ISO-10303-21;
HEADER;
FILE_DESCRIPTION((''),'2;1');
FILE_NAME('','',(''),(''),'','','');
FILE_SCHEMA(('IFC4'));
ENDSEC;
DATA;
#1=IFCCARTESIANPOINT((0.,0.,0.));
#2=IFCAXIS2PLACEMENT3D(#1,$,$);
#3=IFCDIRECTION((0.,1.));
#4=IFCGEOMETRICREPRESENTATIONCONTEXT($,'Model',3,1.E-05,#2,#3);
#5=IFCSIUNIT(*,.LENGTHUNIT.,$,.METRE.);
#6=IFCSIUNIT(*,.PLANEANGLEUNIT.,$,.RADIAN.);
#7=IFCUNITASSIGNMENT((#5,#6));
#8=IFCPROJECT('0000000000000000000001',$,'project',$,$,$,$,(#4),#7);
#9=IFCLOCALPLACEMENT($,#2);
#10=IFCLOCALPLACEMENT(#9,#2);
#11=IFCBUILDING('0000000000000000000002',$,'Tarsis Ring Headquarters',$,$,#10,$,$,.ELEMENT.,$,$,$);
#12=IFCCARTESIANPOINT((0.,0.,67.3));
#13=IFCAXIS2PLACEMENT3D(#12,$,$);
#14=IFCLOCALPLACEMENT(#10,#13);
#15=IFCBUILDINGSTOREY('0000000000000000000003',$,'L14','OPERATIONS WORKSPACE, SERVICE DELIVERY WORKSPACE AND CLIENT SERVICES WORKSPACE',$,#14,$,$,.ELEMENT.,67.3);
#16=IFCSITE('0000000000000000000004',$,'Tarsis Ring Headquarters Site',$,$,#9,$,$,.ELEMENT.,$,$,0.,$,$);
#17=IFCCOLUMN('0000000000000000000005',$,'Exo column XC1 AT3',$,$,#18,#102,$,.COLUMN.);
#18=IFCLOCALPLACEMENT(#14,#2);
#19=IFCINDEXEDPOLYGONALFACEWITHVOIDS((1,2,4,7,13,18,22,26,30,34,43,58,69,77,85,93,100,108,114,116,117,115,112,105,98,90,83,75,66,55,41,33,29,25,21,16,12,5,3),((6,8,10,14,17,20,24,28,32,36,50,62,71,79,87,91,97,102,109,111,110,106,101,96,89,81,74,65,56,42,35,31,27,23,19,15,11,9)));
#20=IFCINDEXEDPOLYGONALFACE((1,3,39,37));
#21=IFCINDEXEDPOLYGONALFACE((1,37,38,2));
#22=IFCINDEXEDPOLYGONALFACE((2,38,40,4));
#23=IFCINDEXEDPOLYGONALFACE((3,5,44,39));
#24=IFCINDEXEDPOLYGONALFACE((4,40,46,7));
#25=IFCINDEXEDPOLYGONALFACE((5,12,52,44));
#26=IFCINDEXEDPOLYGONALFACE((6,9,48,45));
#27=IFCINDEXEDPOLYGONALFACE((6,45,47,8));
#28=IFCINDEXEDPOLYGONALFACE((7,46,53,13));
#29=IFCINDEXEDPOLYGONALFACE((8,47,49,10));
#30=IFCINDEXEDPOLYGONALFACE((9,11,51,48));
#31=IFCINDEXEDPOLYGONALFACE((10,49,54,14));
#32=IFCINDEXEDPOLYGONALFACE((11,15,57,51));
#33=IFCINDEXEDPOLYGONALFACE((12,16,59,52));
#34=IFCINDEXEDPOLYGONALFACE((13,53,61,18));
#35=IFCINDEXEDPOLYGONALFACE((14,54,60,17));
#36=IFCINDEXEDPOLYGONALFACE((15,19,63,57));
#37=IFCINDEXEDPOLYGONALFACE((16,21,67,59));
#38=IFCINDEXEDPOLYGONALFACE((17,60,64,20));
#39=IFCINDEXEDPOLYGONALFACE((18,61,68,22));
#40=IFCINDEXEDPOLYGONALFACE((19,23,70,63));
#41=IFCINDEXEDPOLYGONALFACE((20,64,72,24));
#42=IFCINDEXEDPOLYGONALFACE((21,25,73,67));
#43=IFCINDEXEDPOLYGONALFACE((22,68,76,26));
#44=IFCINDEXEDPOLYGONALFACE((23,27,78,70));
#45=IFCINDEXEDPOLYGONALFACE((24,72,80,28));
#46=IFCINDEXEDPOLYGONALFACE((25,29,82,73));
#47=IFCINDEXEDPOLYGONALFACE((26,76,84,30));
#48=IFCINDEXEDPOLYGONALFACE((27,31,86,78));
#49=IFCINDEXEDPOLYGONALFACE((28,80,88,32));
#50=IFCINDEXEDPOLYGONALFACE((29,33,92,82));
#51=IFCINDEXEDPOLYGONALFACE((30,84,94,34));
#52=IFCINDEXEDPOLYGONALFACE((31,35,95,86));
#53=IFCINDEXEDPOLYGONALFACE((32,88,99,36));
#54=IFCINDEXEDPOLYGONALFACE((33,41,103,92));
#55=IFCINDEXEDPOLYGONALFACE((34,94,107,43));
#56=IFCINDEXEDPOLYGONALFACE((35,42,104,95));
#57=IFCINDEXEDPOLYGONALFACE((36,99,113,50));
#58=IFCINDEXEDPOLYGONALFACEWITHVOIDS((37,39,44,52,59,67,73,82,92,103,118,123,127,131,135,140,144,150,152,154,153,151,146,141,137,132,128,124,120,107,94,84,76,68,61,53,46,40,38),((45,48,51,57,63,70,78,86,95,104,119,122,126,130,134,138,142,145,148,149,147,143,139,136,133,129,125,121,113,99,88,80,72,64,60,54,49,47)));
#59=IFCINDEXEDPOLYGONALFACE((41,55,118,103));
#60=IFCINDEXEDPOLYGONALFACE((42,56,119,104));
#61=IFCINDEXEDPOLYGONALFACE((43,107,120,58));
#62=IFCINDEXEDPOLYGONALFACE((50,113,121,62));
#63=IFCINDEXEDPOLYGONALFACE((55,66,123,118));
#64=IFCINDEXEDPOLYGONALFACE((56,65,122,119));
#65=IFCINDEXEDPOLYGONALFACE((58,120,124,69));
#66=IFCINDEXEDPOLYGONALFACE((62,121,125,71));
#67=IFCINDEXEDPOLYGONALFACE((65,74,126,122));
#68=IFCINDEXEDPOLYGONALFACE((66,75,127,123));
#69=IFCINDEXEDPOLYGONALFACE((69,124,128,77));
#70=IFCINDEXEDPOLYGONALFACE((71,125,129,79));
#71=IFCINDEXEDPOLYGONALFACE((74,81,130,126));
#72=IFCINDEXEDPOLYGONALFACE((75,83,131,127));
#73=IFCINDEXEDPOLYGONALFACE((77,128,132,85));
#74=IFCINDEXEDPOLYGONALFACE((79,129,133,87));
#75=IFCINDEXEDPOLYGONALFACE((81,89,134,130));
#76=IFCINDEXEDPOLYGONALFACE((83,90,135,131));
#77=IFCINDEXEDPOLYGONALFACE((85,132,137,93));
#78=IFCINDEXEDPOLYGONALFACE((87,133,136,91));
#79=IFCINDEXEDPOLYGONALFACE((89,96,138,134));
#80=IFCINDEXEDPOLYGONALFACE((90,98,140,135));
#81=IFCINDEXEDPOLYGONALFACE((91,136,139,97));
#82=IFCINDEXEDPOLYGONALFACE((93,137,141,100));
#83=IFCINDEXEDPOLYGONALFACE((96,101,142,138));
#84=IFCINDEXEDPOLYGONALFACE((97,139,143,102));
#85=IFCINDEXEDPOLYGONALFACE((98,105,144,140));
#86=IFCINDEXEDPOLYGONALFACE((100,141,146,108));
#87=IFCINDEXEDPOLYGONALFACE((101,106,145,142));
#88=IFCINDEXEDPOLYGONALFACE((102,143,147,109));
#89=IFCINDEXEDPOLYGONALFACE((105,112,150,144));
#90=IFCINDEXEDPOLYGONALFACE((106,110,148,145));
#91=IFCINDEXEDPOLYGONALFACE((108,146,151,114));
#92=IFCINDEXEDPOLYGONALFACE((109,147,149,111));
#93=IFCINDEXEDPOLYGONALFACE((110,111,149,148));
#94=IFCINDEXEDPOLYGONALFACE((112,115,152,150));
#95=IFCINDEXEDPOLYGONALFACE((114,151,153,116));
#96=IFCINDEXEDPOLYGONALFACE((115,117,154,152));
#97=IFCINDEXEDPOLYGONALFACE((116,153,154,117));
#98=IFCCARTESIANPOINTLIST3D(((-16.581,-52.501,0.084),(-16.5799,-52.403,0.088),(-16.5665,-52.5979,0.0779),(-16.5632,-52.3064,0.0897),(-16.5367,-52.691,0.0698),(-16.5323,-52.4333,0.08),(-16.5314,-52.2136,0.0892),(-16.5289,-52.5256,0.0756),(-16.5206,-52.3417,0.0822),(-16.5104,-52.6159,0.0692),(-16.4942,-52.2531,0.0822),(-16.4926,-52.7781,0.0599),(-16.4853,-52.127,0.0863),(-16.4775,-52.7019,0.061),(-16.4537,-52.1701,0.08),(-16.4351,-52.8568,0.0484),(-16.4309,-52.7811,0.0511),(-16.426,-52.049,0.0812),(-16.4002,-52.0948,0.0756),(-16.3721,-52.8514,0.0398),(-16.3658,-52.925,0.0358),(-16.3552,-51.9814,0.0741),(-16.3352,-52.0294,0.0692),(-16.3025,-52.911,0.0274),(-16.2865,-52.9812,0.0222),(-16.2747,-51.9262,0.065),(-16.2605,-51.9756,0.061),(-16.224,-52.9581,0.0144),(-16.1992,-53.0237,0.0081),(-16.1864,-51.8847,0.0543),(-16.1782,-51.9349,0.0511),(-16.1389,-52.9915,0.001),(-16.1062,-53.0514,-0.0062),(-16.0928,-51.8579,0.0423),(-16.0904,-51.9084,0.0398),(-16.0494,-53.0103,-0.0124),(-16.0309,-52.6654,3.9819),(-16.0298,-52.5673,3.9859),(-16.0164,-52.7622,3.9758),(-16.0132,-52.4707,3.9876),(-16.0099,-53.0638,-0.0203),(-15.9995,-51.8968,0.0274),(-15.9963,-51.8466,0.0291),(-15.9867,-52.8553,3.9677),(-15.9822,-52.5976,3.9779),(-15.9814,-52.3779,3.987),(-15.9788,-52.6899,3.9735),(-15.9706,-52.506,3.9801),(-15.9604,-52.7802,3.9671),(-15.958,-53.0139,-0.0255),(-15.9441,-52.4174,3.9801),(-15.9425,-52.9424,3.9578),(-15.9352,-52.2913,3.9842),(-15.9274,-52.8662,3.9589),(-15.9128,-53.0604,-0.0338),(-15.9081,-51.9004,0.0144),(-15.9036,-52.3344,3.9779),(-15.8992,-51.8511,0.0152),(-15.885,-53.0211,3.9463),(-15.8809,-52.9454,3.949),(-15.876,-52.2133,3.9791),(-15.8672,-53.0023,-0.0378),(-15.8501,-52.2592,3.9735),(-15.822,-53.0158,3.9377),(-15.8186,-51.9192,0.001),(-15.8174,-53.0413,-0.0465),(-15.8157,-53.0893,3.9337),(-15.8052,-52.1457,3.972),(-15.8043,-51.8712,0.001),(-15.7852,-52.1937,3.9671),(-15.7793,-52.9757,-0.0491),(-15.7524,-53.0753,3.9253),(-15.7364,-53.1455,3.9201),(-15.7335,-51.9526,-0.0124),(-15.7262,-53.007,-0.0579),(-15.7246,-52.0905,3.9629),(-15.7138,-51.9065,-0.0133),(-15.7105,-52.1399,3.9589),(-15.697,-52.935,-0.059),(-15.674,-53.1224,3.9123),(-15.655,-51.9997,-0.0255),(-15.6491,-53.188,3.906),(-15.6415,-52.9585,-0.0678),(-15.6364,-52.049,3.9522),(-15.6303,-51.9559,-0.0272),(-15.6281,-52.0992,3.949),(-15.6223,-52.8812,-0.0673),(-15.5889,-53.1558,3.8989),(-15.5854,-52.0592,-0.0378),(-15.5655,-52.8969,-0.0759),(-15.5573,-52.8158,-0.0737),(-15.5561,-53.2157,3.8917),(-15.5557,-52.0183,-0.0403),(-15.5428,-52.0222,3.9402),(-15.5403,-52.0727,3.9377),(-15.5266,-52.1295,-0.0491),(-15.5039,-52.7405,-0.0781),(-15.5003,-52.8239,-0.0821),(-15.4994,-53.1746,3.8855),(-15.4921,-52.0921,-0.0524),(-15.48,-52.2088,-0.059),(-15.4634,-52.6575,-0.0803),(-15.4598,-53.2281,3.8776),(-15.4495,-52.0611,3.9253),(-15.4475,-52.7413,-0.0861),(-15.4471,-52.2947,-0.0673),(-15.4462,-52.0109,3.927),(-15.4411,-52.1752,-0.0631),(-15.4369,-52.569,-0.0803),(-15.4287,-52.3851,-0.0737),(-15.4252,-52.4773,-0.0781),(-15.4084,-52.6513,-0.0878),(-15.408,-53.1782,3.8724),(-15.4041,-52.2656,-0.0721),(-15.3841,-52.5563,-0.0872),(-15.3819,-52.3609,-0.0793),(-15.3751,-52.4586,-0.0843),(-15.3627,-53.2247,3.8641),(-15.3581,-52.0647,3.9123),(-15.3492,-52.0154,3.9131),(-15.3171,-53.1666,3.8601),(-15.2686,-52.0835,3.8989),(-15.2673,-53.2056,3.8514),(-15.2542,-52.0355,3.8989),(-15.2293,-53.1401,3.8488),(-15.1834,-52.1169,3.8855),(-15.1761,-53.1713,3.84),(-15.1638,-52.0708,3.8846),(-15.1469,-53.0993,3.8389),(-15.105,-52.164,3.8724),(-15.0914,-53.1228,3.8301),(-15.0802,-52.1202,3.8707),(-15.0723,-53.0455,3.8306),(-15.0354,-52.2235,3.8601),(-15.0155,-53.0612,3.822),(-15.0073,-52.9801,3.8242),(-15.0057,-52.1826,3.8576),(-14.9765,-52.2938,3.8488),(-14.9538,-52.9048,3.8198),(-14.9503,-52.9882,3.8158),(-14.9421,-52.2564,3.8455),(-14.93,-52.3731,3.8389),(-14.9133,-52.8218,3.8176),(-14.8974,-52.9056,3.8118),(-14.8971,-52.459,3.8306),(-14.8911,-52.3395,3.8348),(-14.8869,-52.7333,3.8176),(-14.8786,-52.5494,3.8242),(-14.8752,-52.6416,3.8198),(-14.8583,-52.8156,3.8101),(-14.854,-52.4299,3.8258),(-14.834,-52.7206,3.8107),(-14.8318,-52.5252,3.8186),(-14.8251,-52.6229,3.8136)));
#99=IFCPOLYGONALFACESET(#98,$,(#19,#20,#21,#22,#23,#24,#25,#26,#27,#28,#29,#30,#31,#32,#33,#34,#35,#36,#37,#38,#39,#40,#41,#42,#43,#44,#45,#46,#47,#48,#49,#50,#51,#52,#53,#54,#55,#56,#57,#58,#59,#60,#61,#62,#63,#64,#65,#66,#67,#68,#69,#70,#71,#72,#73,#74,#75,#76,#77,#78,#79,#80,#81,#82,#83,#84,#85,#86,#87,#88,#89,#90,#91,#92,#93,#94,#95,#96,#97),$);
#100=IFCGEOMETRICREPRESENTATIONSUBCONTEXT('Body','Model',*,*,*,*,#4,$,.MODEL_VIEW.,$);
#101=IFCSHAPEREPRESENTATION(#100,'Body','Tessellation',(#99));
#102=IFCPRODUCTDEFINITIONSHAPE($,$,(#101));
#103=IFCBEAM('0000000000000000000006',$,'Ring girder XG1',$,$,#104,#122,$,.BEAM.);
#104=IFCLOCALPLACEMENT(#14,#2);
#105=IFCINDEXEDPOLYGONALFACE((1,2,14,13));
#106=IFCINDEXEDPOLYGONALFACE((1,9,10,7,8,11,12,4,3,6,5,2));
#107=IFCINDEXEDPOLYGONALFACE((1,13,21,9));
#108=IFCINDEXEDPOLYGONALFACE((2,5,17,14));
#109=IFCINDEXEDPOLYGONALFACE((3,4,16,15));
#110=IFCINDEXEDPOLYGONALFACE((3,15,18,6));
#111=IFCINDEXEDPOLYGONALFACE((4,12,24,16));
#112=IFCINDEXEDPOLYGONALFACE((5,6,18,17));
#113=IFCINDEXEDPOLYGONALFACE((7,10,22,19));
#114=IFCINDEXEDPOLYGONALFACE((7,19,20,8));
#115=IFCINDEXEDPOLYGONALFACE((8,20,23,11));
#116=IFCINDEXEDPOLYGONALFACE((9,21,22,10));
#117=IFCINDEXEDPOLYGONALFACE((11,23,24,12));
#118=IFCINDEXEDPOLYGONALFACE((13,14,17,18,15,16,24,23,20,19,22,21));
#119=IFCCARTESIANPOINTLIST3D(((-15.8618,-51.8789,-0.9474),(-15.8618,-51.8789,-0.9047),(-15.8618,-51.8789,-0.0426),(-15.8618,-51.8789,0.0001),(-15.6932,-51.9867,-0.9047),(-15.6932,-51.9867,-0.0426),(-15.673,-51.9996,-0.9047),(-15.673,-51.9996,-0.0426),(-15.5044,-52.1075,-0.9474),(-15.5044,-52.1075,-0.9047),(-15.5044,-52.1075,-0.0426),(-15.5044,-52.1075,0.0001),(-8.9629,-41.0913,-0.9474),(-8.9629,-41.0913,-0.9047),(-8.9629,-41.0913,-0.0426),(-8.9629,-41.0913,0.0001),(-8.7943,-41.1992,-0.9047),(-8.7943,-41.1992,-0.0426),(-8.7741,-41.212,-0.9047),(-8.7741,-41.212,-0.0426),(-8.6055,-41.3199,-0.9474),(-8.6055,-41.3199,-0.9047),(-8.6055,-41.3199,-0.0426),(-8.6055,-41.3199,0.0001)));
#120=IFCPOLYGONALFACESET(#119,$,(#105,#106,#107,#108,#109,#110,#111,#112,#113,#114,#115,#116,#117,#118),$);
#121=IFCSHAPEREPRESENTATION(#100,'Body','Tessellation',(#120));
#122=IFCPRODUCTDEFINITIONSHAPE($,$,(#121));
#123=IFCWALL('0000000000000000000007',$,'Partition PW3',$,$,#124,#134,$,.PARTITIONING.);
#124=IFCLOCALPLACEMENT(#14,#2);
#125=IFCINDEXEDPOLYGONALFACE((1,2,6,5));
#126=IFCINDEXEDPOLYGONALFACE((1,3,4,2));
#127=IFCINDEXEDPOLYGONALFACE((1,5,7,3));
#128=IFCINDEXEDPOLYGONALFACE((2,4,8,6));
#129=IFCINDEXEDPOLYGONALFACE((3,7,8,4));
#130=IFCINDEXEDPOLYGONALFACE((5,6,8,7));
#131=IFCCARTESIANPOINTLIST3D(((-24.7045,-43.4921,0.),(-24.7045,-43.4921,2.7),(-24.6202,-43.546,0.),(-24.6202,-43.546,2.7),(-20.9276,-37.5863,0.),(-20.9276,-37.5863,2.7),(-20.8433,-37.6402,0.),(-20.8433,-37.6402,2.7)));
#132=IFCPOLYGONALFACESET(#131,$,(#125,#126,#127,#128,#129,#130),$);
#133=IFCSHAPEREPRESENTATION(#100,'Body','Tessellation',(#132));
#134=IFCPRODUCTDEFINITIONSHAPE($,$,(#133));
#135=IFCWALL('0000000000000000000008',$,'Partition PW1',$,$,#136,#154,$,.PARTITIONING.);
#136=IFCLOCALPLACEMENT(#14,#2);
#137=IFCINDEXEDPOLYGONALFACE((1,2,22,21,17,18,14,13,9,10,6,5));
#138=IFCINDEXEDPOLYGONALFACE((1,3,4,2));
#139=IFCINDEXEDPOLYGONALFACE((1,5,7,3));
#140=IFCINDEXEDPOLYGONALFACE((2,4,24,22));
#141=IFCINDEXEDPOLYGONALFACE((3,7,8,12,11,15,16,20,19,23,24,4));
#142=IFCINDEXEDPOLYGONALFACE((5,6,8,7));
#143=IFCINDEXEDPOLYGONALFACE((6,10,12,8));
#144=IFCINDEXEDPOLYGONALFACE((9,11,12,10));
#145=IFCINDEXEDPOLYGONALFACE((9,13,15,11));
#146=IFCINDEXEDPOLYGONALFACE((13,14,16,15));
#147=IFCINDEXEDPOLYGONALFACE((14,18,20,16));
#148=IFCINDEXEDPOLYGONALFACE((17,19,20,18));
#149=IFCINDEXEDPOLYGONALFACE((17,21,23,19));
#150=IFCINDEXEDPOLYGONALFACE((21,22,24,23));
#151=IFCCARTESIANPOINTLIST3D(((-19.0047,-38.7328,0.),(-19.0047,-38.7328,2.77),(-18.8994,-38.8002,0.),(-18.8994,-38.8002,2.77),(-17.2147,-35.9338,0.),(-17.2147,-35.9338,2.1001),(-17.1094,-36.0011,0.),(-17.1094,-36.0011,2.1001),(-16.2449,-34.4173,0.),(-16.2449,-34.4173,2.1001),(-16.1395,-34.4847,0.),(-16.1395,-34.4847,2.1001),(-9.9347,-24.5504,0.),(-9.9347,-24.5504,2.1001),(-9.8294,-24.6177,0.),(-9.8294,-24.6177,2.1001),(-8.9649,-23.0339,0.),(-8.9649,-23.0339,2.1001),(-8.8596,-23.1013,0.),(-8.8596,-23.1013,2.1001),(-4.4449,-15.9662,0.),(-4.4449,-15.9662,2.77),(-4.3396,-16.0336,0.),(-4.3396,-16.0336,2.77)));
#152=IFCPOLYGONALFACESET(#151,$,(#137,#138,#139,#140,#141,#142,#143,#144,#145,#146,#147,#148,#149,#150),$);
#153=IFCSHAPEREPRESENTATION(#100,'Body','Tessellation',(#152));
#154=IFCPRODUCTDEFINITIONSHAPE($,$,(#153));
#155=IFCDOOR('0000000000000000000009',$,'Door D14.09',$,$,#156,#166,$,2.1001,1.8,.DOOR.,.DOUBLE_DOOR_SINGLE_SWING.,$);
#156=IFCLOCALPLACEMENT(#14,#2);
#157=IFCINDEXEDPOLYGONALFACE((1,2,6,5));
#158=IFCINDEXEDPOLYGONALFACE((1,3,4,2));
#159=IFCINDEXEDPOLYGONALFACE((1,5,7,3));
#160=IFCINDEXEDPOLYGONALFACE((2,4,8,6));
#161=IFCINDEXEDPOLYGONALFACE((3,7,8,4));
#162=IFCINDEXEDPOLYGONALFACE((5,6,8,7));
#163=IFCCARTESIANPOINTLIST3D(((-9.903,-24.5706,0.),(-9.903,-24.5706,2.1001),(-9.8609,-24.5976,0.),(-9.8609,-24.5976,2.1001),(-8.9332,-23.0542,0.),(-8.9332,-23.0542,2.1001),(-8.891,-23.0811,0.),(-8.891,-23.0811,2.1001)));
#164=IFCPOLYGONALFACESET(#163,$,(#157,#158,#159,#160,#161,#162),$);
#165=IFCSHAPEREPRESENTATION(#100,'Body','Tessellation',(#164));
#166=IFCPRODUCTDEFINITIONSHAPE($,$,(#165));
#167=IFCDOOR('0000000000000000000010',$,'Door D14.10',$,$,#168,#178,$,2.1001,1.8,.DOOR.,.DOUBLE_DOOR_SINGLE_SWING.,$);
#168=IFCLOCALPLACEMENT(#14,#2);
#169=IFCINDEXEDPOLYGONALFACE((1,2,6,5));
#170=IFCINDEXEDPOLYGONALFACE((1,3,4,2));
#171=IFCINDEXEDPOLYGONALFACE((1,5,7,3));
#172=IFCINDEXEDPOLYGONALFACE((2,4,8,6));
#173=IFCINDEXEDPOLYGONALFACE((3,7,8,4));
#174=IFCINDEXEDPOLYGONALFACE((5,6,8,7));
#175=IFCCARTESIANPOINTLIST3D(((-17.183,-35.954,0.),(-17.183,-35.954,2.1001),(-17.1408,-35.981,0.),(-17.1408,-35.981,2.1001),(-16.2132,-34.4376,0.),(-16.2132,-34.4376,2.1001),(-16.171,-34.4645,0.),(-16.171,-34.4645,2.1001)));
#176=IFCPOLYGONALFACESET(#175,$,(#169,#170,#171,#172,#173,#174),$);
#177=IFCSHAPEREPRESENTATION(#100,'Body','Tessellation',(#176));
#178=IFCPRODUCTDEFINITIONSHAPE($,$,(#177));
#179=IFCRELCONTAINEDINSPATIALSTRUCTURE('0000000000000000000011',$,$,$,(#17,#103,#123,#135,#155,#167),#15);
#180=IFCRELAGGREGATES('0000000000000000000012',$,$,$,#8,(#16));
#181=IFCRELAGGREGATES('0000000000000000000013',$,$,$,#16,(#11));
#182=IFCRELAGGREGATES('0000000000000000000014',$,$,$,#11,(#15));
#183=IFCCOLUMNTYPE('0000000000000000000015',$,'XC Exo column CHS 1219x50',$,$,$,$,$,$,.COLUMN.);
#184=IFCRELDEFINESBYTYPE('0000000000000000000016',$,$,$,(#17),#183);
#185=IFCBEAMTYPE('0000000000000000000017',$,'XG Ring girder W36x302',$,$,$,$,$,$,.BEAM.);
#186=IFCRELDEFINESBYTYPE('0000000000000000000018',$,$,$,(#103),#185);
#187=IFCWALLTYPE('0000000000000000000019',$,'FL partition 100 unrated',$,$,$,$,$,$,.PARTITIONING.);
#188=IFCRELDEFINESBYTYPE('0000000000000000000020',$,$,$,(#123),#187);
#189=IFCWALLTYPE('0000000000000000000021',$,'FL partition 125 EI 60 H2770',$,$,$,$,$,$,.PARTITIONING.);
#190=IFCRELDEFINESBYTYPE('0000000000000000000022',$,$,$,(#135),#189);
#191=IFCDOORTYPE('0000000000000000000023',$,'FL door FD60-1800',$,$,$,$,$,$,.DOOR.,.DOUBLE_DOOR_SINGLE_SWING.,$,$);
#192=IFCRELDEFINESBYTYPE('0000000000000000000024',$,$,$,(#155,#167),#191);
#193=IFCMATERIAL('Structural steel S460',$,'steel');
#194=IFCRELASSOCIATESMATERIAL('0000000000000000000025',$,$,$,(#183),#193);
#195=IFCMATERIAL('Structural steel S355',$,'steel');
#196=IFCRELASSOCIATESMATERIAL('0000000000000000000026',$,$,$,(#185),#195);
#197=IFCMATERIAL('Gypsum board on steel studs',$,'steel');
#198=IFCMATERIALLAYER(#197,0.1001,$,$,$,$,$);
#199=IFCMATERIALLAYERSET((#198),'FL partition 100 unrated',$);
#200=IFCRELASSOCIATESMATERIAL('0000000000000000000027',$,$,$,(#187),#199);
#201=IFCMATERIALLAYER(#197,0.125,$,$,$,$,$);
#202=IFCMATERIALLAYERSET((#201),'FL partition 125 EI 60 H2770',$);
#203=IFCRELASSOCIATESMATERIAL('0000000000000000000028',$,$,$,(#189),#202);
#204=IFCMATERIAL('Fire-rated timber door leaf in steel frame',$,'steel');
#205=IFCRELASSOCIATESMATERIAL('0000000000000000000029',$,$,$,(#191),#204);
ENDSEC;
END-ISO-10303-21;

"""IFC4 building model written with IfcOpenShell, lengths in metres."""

from ifc_helpers import new_model, si_unit, direction, frame, frame_2d, origin, origin_2d, place, context, subcontext, project, spatial, rectangle, hollow_circle, i_section, extrude, material, layer, layer_set, material_profile, profile_set, type_object, element, fill, save


model = new_model("IFC4")

# Units and contexts
model_context = context("Model", 3, precision=1e-05, world=origin(), true_north=direction((0.0, 1.0)))
body_context = subcontext(model_context, "Body", "Model", "MODEL_VIEW")
ifc_project = project(units=[si_unit("LENGTHUNIT", "METRE"), si_unit("PLANEANGLEUNIT", "RADIAN")], contexts=[model_context])

# Site, building, storey
site_placement = place(None, origin())
site = spatial("IfcSite", under=ifc_project, at=site_placement, Name="Tarsis Ring Headquarters Site", CompositionType="ELEMENT", RefElevation=0.0)
building_placement = place(site_placement, origin())
building = spatial("IfcBuilding", under=site, at=building_placement, Name="Tarsis Ring Headquarters", CompositionType="ELEMENT")
storey_placement = place(building_placement, frame((0.0, 0.0, 67.3)))
storey = spatial("IfcBuildingStorey", under=building, at=storey_placement, Name="L14", Description="OPERATIONS WORKSPACE, SERVICE DELIVERY WORKSPACE AND CLIENT SERVICES WORKSPACE", CompositionType="ELEMENT", Elevation=67.3)

# Column
ifc_material_1 = material(Name="Structural steel S460", Category="steel")
ifc_material_profile_1 = material_profile(ifc_material_1, hollow_circle(Radius=0.6096, WallThickness=0.05, at=origin_2d()), Name="CHS 1219x50")
ifc_profile_set_1 = profile_set([ifc_material_profile_1], Name="Structural steel S460")
column_type = type_object("IfcColumnType", Name="XC Exo column CHS 1219x50", PredefinedType="COLUMN", material=ifc_profile_set_1)
column_placement = place(storey_placement, frame((-15.9788, -52.4553, 0.001), z_axis=(0.139606, -0.041702, 0.989329), x_axis=(0.286216, 0.958165, 0.0)))
element("IfcColumn", 1, at=column_placement, inside=storey, type_object=column_type, Name="Exo column XC1 AT3", PredefinedType="COLUMN", context=body_context, shape_type="SweptSolid", body=[
    extrude(hollow_circle(Radius=0.6096, WallThickness=0.05, at=origin_2d()), origin(), (0.0, 0.0, 1.0), 3.9399),
])

# Beam
ifc_material_2 = material(Name="Structural steel S355", Category="steel")
ifc_material_profile_2 = material_profile(ifc_material_2, i_section(OverallWidth=0.4243, OverallDepth=0.9475, WebThickness=0.0239, FlangeThickness=0.0427, at=origin_2d()), Name="W36x302")
ifc_profile_set_2 = profile_set([ifc_material_profile_2], Name="Structural steel S355")
beam_type = type_object("IfcBeamType", Name="XG Ring girder W36x302", PredefinedType="BEAM", material=ifc_profile_set_2)
beam_placement = place(storey_placement, frame((-15.6831, -51.9932, -0.4736), z_axis=(0.538769, 0.842453, 0.0), x_axis=(-0.842453, 0.538769, 0.0)))
element("IfcBeam", 2, at=beam_placement, inside=storey, type_object=beam_type, Name="Ring girder XG1", PredefinedType="BEAM", context=body_context, shape_type="SweptSolid", body=[
    extrude(i_section(OverallWidth=0.4243, OverallDepth=0.9475, WebThickness=0.0239, FlangeThickness=0.0427, at=origin_2d()), origin(), (0.0, 0.0, 1.0), 12.8049),
])

# Wall
ifc_material_3 = material(Name="Gypsum board on steel studs", Category="steel")
ifc_layer_1 = layer(ifc_material_3, 0.1001)
ifc_layer_set_1 = layer_set([ifc_layer_1], Name="FL partition 100 unrated")
wall_type_1 = type_object("IfcWallType", Name="FL partition 100 unrated", PredefinedType="PARTITIONING", material=ifc_layer_set_1)
wall_1_placement = place(storey_placement, frame((-24.6624, -43.519, 0.0), z_axis=(0.0, 0.0, 1.0), x_axis=(0.538767, 0.842455, 0.0)))
element("IfcWall", 3, at=wall_1_placement, inside=storey, type_object=wall_type_1, Name="Partition PW3", PredefinedType="PARTITIONING", context=body_context, shape_type="SweptSolid", body=[
    extrude(rectangle(XDim=7.0103, YDim=0.1001, at=frame_2d((3.5051, 0.0))), origin(), (0.0, 0.0, 1.0), 2.7),
])

# Wall, openings, doors
ifc_layer_2 = layer(ifc_material_3, 0.125)
ifc_layer_set_2 = layer_set([ifc_layer_2], Name="FL partition 125 EI 60 H2770")
wall_type_2 = type_object("IfcWallType", Name="FL partition 125 EI 60 H2770", PredefinedType="PARTITIONING", material=ifc_layer_set_2)
wall_2_placement = place(storey_placement, frame((-18.9521, -38.7666, 0.0), z_axis=(0.0, 0.0, 1.0), x_axis=(0.53877, 0.842453, 0.0)))
wall_2 = element("IfcWall", 4, at=wall_2_placement, inside=storey, type_object=wall_type_2, Name="Partition PW1", PredefinedType="PARTITIONING", context=body_context, shape_type="SweptSolid", body=[
    extrude(rectangle(XDim=27.0242, YDim=0.125, at=frame_2d((13.5122, 0.0))), origin(), (0.0, 0.0, 1.0), 2.77),
])
opening_1_placement = place(wall_2_placement, frame((16.835, 0.0, 0.0)))
opening_1 = element("IfcOpeningElement", 5, at=opening_1_placement, cuts=wall_2, PredefinedType="OPENING", context=body_context, shape_type="SweptSolid", body=[
    extrude(rectangle(XDim=1.8, YDim=2.1001, at=frame_2d((0.8999, 1.05))), frame((0.0, 0.0725, 0.0), z_axis=(0.0, -1.0, 0.0), x_axis=(1.0, 0.0, 0.0)), (0.0, 0.0, 1.0), 0.145),
])
opening_2_placement = place(wall_2_placement, frame((3.3228, 0.0, 0.0)))
opening_2 = element("IfcOpeningElement", 6, at=opening_2_placement, cuts=wall_2, PredefinedType="OPENING", context=body_context, shape_type="SweptSolid", body=[
    extrude(rectangle(XDim=1.8, YDim=2.1001, at=frame_2d((0.8999, 1.05))), frame((0.0, 0.0725, 0.0), z_axis=(0.0, -1.0, 0.0), x_axis=(1.0, 0.0, 0.0)), (0.0, 0.0, 1.0), 0.145),
])
ifc_material_4 = material(Name="Fire-rated timber door leaf in steel frame", Category="steel")
door_type_1 = type_object("IfcDoorType", Name="FL door FD60-1800", OperationType="DOUBLE_DOOR_SINGLE_SWING", PredefinedType="DOOR", material=ifc_material_4)
door_1_placement = place(opening_1_placement, origin())
door_1 = element("IfcDoor", 7, at=door_1_placement, inside=storey, type_object=door_type_1, Name="Door D14.09", OperationType="DOUBLE_DOOR_SINGLE_SWING", OverallHeight=2.1001, OverallWidth=1.8, PredefinedType="DOOR", context=body_context, shape_type="SweptSolid", body=[
    extrude(rectangle(XDim=1.8, YDim=2.1001, at=frame_2d((0.8999, 1.05))), frame((0.0, 0.0249, 0.0), z_axis=(0.0, -1.0, 0.0), x_axis=(1.0, 0.0, 0.0)), (0.0, 0.0, 1.0), 0.05),
])
fill(opening_1, door_1)
door_2_placement = place(opening_2_placement, origin())
door_2 = element("IfcDoor", 8, at=door_2_placement, inside=storey, type_object=door_type_1, Name="Door D14.10", OperationType="DOUBLE_DOOR_SINGLE_SWING", OverallHeight=2.1001, OverallWidth=1.8, PredefinedType="DOOR", context=body_context, shape_type="SweptSolid", body=[
    extrude(rectangle(XDim=1.8, YDim=2.1001, at=frame_2d((0.8999, 1.05))), frame((0.0, 0.0249, 0.0), z_axis=(0.0, -1.0, 0.0), x_axis=(1.0, 0.0, 0.0)), (0.0, 0.0, 1.0), 0.05),
])
fill(opening_2, door_2)

save(model, "model.ifc")
